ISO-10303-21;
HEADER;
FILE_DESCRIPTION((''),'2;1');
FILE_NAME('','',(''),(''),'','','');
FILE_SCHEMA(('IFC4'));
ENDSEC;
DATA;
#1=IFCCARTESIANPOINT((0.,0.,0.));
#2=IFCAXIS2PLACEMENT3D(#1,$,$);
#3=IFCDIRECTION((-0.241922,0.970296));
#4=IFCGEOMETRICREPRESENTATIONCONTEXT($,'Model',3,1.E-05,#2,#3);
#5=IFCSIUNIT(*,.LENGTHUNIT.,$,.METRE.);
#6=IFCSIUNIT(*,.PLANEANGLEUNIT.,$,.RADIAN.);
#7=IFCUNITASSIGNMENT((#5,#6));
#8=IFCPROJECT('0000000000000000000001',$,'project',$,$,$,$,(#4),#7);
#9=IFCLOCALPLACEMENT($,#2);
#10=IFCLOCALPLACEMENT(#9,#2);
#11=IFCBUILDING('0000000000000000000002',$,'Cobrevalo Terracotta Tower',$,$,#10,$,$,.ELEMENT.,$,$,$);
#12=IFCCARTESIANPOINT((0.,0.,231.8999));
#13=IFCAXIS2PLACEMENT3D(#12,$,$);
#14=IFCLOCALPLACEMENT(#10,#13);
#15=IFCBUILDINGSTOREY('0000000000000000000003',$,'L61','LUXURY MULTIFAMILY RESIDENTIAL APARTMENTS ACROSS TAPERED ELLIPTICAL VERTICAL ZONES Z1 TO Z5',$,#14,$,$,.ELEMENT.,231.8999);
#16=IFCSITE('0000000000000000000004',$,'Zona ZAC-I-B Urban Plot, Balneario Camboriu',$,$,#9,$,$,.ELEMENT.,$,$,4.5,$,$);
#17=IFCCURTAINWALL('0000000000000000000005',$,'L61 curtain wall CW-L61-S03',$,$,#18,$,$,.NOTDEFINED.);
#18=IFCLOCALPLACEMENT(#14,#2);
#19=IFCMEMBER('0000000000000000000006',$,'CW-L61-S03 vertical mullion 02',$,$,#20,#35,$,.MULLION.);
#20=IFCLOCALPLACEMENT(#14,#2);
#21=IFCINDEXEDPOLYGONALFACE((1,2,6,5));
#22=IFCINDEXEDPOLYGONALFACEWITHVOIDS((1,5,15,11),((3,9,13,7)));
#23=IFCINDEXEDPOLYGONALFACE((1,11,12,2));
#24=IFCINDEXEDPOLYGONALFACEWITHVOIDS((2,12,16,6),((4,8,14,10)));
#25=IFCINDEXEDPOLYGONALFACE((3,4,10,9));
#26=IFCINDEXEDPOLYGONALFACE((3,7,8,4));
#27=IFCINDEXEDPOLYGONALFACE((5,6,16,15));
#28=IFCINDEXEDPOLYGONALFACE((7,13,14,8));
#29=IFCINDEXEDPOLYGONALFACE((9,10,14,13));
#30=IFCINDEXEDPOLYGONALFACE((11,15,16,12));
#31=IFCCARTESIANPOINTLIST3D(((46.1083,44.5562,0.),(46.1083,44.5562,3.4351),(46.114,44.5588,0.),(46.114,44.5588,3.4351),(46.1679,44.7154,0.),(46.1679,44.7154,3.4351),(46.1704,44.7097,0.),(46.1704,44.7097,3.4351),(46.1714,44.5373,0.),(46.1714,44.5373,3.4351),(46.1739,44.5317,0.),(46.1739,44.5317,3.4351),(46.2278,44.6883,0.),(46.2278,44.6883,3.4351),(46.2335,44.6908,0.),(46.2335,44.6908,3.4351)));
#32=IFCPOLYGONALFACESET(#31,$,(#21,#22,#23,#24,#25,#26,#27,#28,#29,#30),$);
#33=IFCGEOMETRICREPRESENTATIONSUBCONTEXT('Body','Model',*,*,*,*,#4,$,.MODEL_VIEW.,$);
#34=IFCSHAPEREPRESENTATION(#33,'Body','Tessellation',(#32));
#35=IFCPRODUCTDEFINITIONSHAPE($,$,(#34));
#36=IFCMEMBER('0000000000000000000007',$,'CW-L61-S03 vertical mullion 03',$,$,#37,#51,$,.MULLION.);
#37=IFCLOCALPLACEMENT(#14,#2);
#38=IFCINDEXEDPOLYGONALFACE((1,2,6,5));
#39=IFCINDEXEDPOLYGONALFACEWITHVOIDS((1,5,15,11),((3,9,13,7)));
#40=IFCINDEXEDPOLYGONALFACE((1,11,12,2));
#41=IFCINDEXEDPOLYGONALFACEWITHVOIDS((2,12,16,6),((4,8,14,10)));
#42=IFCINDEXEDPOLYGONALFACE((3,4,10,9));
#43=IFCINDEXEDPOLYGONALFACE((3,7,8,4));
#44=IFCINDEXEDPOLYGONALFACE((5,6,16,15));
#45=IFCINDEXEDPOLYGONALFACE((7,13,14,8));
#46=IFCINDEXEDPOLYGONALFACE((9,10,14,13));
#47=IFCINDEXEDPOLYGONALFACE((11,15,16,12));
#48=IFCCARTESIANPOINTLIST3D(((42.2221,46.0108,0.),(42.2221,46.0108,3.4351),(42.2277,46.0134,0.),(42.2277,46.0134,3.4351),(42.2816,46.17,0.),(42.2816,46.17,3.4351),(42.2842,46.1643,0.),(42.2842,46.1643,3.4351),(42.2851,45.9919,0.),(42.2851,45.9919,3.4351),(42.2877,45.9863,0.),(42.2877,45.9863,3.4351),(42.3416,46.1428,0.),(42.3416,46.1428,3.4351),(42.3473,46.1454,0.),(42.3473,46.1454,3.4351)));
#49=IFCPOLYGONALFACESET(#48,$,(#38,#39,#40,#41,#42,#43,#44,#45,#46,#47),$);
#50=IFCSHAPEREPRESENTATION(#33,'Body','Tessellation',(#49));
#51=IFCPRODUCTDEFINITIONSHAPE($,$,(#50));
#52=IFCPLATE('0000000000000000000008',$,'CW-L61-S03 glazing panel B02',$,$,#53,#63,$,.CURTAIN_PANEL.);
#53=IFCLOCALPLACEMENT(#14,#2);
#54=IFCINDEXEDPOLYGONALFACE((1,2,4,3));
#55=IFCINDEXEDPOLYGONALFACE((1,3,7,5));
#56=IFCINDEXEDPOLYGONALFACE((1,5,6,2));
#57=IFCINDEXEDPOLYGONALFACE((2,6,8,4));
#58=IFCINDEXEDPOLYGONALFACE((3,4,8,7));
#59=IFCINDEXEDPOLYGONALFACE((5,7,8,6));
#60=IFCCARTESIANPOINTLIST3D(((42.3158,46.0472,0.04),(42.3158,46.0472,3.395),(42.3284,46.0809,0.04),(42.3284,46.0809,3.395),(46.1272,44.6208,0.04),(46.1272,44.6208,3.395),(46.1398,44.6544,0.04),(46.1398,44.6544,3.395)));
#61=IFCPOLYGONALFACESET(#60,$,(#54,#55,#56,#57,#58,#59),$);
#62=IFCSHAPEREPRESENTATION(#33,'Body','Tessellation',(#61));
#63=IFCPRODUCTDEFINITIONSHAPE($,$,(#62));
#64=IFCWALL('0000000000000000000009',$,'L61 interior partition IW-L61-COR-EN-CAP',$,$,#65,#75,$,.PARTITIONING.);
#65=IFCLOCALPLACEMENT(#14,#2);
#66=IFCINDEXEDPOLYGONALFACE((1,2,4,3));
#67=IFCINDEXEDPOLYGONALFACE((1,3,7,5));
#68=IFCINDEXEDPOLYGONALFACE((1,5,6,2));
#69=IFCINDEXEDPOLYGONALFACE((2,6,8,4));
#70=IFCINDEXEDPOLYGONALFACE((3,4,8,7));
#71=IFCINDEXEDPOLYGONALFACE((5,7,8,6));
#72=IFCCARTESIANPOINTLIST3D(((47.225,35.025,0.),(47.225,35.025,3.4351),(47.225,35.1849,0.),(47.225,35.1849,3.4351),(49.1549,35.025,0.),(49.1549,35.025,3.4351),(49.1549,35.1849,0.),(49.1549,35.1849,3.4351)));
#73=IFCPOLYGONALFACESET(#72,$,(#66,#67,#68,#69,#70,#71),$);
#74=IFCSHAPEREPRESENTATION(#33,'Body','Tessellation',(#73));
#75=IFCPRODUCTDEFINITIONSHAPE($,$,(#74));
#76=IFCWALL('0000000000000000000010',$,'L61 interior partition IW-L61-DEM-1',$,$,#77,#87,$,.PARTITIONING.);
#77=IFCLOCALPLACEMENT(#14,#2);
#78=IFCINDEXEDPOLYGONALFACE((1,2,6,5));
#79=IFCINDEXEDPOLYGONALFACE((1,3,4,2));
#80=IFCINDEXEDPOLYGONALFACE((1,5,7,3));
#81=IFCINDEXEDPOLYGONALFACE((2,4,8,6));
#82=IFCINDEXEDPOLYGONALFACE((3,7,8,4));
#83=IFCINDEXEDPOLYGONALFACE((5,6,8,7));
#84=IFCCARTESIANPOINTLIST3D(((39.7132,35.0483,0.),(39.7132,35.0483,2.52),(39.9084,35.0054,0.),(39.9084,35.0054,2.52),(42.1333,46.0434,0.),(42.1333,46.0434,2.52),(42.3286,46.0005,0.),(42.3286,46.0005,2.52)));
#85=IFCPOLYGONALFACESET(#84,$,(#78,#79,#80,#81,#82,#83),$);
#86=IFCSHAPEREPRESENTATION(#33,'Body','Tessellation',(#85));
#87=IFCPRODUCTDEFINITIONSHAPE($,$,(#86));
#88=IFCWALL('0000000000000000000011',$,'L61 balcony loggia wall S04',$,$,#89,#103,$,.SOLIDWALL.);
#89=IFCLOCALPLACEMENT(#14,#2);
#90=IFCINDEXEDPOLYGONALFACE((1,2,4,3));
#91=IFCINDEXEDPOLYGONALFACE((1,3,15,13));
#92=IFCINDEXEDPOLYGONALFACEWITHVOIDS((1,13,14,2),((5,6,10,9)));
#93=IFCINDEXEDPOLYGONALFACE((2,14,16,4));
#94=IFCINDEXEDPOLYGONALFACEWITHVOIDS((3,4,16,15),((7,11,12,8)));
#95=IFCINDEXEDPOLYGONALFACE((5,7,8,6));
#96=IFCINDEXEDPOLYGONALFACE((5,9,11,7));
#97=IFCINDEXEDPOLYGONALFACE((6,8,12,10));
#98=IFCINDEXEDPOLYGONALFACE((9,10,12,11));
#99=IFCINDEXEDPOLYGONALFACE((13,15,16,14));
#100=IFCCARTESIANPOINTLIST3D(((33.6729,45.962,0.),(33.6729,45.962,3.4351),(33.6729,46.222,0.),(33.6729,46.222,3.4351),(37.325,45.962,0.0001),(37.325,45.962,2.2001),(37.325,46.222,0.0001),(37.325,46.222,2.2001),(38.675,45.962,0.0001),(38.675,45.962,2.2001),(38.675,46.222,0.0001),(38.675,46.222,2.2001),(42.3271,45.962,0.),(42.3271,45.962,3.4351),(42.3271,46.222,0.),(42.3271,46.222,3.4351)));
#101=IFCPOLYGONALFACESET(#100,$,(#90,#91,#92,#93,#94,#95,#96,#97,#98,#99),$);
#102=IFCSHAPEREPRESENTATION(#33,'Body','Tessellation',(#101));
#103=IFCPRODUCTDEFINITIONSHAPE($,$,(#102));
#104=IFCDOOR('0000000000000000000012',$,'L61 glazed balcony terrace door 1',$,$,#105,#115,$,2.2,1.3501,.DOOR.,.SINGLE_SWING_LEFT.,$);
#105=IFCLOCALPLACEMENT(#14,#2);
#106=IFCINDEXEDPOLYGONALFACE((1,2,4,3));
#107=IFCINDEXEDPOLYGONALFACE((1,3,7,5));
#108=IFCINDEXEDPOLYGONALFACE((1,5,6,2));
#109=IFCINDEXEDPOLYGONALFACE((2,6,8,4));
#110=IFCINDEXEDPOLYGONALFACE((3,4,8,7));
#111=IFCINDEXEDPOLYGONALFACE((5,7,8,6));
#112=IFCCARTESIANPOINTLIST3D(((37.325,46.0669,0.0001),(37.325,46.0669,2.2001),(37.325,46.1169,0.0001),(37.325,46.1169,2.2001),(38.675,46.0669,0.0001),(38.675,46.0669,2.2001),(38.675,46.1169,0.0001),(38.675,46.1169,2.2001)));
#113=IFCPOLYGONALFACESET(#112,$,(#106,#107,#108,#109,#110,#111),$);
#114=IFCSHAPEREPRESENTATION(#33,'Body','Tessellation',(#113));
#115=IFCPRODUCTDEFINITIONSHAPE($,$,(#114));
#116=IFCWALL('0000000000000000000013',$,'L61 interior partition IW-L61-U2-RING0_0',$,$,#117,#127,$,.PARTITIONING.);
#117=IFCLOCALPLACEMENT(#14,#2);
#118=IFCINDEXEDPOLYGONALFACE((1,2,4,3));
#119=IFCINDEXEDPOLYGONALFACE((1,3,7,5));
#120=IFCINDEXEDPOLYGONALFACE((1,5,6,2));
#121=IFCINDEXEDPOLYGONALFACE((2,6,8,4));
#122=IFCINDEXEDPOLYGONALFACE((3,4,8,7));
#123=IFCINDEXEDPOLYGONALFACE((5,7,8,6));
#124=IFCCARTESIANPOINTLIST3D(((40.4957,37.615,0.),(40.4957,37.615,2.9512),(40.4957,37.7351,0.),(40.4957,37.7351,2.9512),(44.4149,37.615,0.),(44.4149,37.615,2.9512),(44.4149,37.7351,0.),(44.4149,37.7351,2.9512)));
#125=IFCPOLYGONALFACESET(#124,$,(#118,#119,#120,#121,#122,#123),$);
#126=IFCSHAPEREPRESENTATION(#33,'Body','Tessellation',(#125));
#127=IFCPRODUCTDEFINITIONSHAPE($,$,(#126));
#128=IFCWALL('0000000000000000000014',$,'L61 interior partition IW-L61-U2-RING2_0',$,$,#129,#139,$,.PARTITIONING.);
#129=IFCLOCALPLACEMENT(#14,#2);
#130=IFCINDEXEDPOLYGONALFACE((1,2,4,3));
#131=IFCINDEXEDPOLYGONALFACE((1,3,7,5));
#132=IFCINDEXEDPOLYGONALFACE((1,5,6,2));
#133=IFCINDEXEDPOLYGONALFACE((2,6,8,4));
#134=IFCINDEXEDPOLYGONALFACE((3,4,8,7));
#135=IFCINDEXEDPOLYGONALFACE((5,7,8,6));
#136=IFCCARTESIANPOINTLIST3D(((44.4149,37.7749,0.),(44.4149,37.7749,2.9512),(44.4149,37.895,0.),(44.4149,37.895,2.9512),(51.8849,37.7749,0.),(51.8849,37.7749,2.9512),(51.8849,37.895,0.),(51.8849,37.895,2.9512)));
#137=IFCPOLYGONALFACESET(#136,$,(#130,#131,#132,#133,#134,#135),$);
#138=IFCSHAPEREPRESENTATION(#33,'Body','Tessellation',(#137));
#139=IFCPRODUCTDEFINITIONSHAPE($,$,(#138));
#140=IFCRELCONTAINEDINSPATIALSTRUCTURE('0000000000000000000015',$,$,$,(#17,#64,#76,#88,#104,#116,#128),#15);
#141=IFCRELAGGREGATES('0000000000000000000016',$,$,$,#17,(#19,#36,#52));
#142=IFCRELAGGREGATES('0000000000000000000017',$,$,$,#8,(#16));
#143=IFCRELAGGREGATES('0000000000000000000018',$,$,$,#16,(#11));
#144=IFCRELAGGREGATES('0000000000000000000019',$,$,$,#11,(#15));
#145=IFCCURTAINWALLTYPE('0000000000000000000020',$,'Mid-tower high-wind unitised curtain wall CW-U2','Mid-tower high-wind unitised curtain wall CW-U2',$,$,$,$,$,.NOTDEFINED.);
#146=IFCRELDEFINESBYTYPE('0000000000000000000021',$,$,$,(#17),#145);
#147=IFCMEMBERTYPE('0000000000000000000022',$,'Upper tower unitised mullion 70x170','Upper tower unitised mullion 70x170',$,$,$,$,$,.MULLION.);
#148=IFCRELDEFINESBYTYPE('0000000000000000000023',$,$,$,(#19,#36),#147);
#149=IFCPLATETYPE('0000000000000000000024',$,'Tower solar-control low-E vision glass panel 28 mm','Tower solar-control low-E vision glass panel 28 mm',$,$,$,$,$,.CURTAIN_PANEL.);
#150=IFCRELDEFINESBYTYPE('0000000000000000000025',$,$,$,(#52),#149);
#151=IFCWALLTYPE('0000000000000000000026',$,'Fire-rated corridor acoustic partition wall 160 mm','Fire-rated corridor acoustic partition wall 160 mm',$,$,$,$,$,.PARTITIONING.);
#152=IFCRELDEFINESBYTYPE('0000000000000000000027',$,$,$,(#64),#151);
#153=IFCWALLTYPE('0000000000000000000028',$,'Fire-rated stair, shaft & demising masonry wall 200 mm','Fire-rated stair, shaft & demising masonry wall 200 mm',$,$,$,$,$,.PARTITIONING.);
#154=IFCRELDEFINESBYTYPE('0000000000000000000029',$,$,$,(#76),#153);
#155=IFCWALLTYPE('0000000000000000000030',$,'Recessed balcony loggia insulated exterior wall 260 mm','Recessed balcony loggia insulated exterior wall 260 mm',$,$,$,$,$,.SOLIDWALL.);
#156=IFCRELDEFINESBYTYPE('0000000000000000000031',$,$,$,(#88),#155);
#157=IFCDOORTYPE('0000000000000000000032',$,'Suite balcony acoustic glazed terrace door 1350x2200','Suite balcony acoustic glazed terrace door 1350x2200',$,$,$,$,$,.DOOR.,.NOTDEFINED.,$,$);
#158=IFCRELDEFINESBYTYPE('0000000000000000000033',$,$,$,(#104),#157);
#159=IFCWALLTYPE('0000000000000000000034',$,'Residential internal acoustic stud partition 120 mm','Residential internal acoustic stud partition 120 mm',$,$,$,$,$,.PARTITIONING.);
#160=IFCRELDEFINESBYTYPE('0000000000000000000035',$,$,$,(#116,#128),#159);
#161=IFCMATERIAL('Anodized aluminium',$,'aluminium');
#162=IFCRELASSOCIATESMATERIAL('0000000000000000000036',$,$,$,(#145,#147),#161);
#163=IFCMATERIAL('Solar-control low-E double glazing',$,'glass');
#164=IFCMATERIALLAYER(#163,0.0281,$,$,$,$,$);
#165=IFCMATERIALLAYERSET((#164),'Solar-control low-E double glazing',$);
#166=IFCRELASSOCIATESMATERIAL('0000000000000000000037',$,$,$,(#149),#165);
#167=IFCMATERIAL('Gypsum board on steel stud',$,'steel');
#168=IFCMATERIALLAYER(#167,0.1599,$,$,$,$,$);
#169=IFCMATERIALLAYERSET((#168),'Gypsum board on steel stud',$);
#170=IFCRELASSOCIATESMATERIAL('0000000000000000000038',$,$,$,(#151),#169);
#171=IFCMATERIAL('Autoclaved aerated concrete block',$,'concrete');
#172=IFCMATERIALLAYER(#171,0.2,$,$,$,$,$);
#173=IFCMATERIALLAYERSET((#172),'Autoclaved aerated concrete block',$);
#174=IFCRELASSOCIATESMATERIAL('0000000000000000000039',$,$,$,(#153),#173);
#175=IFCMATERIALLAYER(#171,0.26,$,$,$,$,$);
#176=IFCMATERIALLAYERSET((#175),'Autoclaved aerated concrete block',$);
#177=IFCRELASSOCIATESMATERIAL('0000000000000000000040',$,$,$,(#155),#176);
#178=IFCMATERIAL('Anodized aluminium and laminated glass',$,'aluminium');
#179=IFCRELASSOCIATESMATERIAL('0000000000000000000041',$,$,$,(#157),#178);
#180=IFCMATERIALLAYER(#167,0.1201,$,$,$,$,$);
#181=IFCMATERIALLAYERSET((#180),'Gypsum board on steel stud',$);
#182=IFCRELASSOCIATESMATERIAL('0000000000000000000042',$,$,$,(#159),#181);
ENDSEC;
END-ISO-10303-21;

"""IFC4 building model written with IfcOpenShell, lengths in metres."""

from ifc_helpers import new_model, si_unit, direction, frame, frame_2d, origin, origin_2d, place, context, subcontext, project, spatial, rectangle, hollow_rectangle, extrude, source, transform, mapped, material, layer, layer_set, material_profile, profile_set, type_object, element, fill, aggregate, save


model = new_model("IFC4")

# Units and contexts
model_context = context("Model", 3, precision=1e-05, world=origin(), true_north=direction((-0.241922, 0.970296)))
body_context = subcontext(model_context, "Body", "Model", "MODEL_VIEW")
ifc_project = project(units=[si_unit("LENGTHUNIT", "METRE"), si_unit("PLANEANGLEUNIT", "RADIAN")], contexts=[model_context])

# Site, building, storey
site_placement = place(None, origin())
site = spatial("IfcSite", under=ifc_project, at=site_placement, Name="Zona ZAC-I-B Urban Plot, Balneario Camboriu", CompositionType="ELEMENT", RefElevation=4.5)
building_placement = place(site_placement, origin())
building = spatial("IfcBuilding", under=site, at=building_placement, Name="Cobrevalo Terracotta Tower", CompositionType="ELEMENT")
storey_placement = place(building_placement, frame((0.0, 0.0, 231.8999)))
storey = spatial("IfcBuildingStorey", under=building, at=storey_placement, Name="L61", Description="LUXURY MULTIFAMILY RESIDENTIAL APARTMENTS ACROSS TAPERED ELLIPTICAL VERTICAL ZONES Z1 TO Z5", CompositionType="ELEMENT", Elevation=231.8999)

# Curtain wall, members, plate
ifc_material_1 = material(Name="Anodized aluminium", Category="aluminium")
curtain_wall_type = type_object("IfcCurtainWallType", Name="Mid-tower high-wind unitised curtain wall CW-U2", Description="Mid-tower high-wind unitised curtain wall CW-U2", PredefinedType="NOTDEFINED", material=ifc_material_1)
curtain_wall_placement = place(storey_placement, origin())
curtain_wall = element("IfcCurtainWall", 1, at=curtain_wall_placement, inside=storey, type_object=curtain_wall_type, Name="L61 curtain wall CW-L61-S03", PredefinedType="NOTDEFINED")
ifc_material_profile_1 = material_profile(ifc_material_1, hollow_rectangle(XDim=0.0701, YDim=0.1699, WallThickness=0.0044, at=origin_2d()), Name="CWM 70x170")
ifc_profile_set_1 = profile_set([ifc_material_profile_1], Name="Anodized aluminium")
member_type_1 = type_object("IfcMemberType", Name="Upper tower unitised mullion 70x170", Description="Upper tower unitised mullion 70x170", PredefinedType="MULLION", material=ifc_profile_set_1)
shared_shape_1 = source(origin(), body_context, "Body", "SweptSolid", [
    extrude(hollow_rectangle(XDim=0.0701, YDim=0.1699, WallThickness=0.0044, at=origin_2d()), origin(), (0.0, 0.0, 1.0), 3.4351),
])
member_1_placement = place(storey_placement, frame((46.1709, 44.6235, 0.0), z_axis=(0.0, 0.0, 1.0), x_axis=(-0.936556, 0.350518, 0.0)))
member_1 = element("IfcMember", 2, at=member_1_placement, type_object=member_type_1, Name="CW-L61-S03 vertical mullion 02", PredefinedType="MULLION", context=body_context, shape_type="MappedRepresentation", body=[
    mapped(shared_shape_1, transform((0.0, 0.0, 0.0), scale=1.0)),
])
member_2_placement = place(storey_placement, frame((42.2847, 46.0781, 0.0), z_axis=(0.0, 0.0, 1.0), x_axis=(-0.936556, 0.350518, 0.0)))
member_2 = element("IfcMember", 3, at=member_2_placement, type_object=member_type_1, Name="CW-L61-S03 vertical mullion 03", PredefinedType="MULLION", context=body_context, shape_type="MappedRepresentation", body=[
    mapped(shared_shape_1, transform((0.0, 0.0, 0.0), scale=1.0)),
])
ifc_material_2 = material(Name="Solar-control low-E double glazing", Category="glass")
ifc_layer_1 = layer(ifc_material_2, 0.0281)
ifc_layer_set_1 = layer_set([ifc_layer_1], Name="Solar-control low-E double glazing")
plate_type = type_object("IfcPlateType", Name="Tower solar-control low-E vision glass panel 28 mm", Description="Tower solar-control low-E vision glass panel 28 mm", PredefinedType="CURTAIN_PANEL", material=ifc_layer_set_1)
shared_shape_2 = source(origin(), body_context, "Body", "SweptSolid", [
    extrude(rectangle(XDim=4.0696, YDim=0.0359, at=origin_2d()), origin(), (0.0, 0.0, 1.0), 3.355),
])
plate_placement = place(storey_placement, frame((44.2278, 45.3508, 0.04), z_axis=(0.0, 0.0, 1.0), x_axis=(-0.936558, 0.350513, 0.0)))
plate = element("IfcPlate", 4, at=plate_placement, type_object=plate_type, Name="CW-L61-S03 glazing panel B02", PredefinedType="CURTAIN_PANEL", context=body_context, shape_type="MappedRepresentation", body=[
    mapped(shared_shape_2, transform((0.0, 0.0, 0.0), scale=1.0)),
])
aggregate(curtain_wall, [member_1, member_2, plate])

# Walls
ifc_material_3 = material(Name="Gypsum board on steel stud", Category="steel")
ifc_layer_2 = layer(ifc_material_3, 0.1599)
ifc_layer_set_2 = layer_set([ifc_layer_2], Name="Gypsum board on steel stud")
wall_type_1 = type_object("IfcWallType", Name="Fire-rated corridor acoustic partition wall 160 mm", Description="Fire-rated corridor acoustic partition wall 160 mm", PredefinedType="PARTITIONING", material=ifc_layer_set_2)
wall_1_placement = place(storey_placement, frame((47.2251, 35.105, 0.0), z_axis=(0.0, 0.0, 1.0), x_axis=(1.0, 0.0, 0.0)))
element("IfcWall", 5, at=wall_1_placement, inside=storey, type_object=wall_type_1, Name="L61 interior partition IW-L61-COR-EN-CAP", PredefinedType="PARTITIONING", context=body_context, shape_type="SweptSolid", body=[
    extrude(rectangle(XDim=1.9299, YDim=0.1599, at=frame_2d((0.9648, 0.0))), origin(), (0.0, 0.0, 1.0), 3.4351),
])
ifc_material_4 = material(Name="Autoclaved aerated concrete block", Category="concrete")
ifc_layer_3 = layer(ifc_material_4, 0.2)
ifc_layer_set_3 = layer_set([ifc_layer_3], Name="Autoclaved aerated concrete block")
wall_type_2 = type_object("IfcWallType", Name="Fire-rated stair, shaft & demising masonry wall 200 mm", Description="Fire-rated stair, shaft & demising masonry wall 200 mm", PredefinedType="PARTITIONING", material=ifc_layer_set_3)
wall_2_placement = place(storey_placement, frame((39.8108, 35.0269, 0.0), z_axis=(0.0, 0.0, 1.0), x_axis=(0.214967, 0.976621, 0.0)))
element("IfcWall", 6, at=wall_2_placement, inside=storey, type_object=wall_type_2, Name="L61 interior partition IW-L61-DEM-1", PredefinedType="PARTITIONING", context=body_context, shape_type="SweptSolid", body=[
    extrude(rectangle(XDim=11.2583, YDim=0.2, at=frame_2d((5.6292, 0.0))), origin(), (0.0, 0.0, 1.0), 2.52),
])

# Wall, opening, door
ifc_layer_4 = layer(ifc_material_4, 0.26)
ifc_layer_set_4 = layer_set([ifc_layer_4], Name="Autoclaved aerated concrete block")
wall_type_3 = type_object("IfcWallType", Name="Recessed balcony loggia insulated exterior wall 260 mm", Description="Recessed balcony loggia insulated exterior wall 260 mm", PredefinedType="SOLIDWALL", material=ifc_layer_set_4)
wall_3_placement = place(storey_placement, frame((42.3271, 46.092, 0.0), z_axis=(0.0, 0.0, 1.0), x_axis=(-1.0, 0.0, 0.0)))
wall_3 = element("IfcWall", 7, at=wall_3_placement, inside=storey, type_object=wall_type_3, Name="L61 balcony loggia wall S04", PredefinedType="SOLIDWALL", context=body_context, shape_type="SweptSolid", body=[
    extrude(rectangle(XDim=8.6543, YDim=0.26, at=frame_2d((4.3271, 0.0))), origin(), (0.0, 0.0, 1.0), 3.4351),
])
opening_placement = place(wall_3_placement, frame((3.6521, 0.0, 0.0)))
opening = element("IfcOpeningElement", 8, at=opening_placement, cuts=wall_3, PredefinedType="OPENING", context=body_context, shape_type="SweptSolid", body=[
    extrude(rectangle(XDim=1.3501, YDim=2.2, at=frame_2d((0.675, 1.1001))), frame((0.0, 0.1401, 0.0), z_axis=(0.0, -1.0, 0.0), x_axis=(1.0, 0.0, 0.0)), (0.0, 0.0, 1.0), 0.28),
])
ifc_material_5 = material(Name="Anodized aluminium and laminated glass", Category="aluminium")
door_type = type_object("IfcDoorType", Name="Suite balcony acoustic glazed terrace door 1350x2200", Description="Suite balcony acoustic glazed terrace door 1350x2200", OperationType="NOTDEFINED", PredefinedType="DOOR", material=ifc_material_5)
shared_shape_3 = source(origin(), body_context, "Body", "SweptSolid", [
    extrude(rectangle(XDim=1.3501, YDim=2.2, at=frame_2d((0.675, 1.1001))), frame((0.0, 0.0249, 0.0), z_axis=(0.0, -1.0, 0.0), x_axis=(1.0, 0.0, 0.0)), (0.0, 0.0, 1.0), 0.05),
])
door_placement = place(opening_placement, frame((1.3501, 0.0, 0.0), z_axis=(0.0, 0.0, 1.0), x_axis=(-1.0, 0.0, 0.0)))
door = element("IfcDoor", 9, at=door_placement, inside=storey, type_object=door_type, Name="L61 glazed balcony terrace door 1", OperationType="SINGLE_SWING_LEFT", OverallHeight=2.2, OverallWidth=1.3501, PredefinedType="DOOR", context=body_context, shape_type="MappedRepresentation", body=[
    mapped(shared_shape_3, transform((0.0, 0.0, 0.0), scale=1.0)),
])
fill(opening, door)

# Walls
ifc_layer_5 = layer(ifc_material_3, 0.1201)
ifc_layer_set_5 = layer_set([ifc_layer_5], Name="Gypsum board on steel stud")
wall_type_4 = type_object("IfcWallType", Name="Residential internal acoustic stud partition 120 mm", Description="Residential internal acoustic stud partition 120 mm", PredefinedType="PARTITIONING", material=ifc_layer_set_5)
wall_4_placement = place(storey_placement, frame((40.4958, 37.675, 0.0), z_axis=(0.0, 0.0, 1.0), x_axis=(1.0, 0.0, 0.0)))
element("IfcWall", 10, at=wall_4_placement, inside=storey, type_object=wall_type_4, Name="L61 interior partition IW-L61-U2-RING0_0", PredefinedType="PARTITIONING", context=body_context, shape_type="SweptSolid", body=[
    extrude(rectangle(XDim=3.9192, YDim=0.1201, at=frame_2d((1.9595, 0.0))), origin(), (0.0, 0.0, 1.0), 2.9512),
])
wall_5_placement = place(storey_placement, frame((44.415, 37.835, 0.0), z_axis=(0.0, 0.0, 1.0), x_axis=(1.0, 0.0, 0.0)))
element("IfcWall", 11, at=wall_5_placement, inside=storey, type_object=wall_type_4, Name="L61 interior partition IW-L61-U2-RING2_0", PredefinedType="PARTITIONING", context=body_context, shape_type="SweptSolid", body=[
    extrude(rectangle(XDim=7.47, YDim=0.1201, at=frame_2d((3.7349, 0.0))), origin(), (0.0, 0.0, 1.0), 2.9512),
])

save(model, "model.ifc")
